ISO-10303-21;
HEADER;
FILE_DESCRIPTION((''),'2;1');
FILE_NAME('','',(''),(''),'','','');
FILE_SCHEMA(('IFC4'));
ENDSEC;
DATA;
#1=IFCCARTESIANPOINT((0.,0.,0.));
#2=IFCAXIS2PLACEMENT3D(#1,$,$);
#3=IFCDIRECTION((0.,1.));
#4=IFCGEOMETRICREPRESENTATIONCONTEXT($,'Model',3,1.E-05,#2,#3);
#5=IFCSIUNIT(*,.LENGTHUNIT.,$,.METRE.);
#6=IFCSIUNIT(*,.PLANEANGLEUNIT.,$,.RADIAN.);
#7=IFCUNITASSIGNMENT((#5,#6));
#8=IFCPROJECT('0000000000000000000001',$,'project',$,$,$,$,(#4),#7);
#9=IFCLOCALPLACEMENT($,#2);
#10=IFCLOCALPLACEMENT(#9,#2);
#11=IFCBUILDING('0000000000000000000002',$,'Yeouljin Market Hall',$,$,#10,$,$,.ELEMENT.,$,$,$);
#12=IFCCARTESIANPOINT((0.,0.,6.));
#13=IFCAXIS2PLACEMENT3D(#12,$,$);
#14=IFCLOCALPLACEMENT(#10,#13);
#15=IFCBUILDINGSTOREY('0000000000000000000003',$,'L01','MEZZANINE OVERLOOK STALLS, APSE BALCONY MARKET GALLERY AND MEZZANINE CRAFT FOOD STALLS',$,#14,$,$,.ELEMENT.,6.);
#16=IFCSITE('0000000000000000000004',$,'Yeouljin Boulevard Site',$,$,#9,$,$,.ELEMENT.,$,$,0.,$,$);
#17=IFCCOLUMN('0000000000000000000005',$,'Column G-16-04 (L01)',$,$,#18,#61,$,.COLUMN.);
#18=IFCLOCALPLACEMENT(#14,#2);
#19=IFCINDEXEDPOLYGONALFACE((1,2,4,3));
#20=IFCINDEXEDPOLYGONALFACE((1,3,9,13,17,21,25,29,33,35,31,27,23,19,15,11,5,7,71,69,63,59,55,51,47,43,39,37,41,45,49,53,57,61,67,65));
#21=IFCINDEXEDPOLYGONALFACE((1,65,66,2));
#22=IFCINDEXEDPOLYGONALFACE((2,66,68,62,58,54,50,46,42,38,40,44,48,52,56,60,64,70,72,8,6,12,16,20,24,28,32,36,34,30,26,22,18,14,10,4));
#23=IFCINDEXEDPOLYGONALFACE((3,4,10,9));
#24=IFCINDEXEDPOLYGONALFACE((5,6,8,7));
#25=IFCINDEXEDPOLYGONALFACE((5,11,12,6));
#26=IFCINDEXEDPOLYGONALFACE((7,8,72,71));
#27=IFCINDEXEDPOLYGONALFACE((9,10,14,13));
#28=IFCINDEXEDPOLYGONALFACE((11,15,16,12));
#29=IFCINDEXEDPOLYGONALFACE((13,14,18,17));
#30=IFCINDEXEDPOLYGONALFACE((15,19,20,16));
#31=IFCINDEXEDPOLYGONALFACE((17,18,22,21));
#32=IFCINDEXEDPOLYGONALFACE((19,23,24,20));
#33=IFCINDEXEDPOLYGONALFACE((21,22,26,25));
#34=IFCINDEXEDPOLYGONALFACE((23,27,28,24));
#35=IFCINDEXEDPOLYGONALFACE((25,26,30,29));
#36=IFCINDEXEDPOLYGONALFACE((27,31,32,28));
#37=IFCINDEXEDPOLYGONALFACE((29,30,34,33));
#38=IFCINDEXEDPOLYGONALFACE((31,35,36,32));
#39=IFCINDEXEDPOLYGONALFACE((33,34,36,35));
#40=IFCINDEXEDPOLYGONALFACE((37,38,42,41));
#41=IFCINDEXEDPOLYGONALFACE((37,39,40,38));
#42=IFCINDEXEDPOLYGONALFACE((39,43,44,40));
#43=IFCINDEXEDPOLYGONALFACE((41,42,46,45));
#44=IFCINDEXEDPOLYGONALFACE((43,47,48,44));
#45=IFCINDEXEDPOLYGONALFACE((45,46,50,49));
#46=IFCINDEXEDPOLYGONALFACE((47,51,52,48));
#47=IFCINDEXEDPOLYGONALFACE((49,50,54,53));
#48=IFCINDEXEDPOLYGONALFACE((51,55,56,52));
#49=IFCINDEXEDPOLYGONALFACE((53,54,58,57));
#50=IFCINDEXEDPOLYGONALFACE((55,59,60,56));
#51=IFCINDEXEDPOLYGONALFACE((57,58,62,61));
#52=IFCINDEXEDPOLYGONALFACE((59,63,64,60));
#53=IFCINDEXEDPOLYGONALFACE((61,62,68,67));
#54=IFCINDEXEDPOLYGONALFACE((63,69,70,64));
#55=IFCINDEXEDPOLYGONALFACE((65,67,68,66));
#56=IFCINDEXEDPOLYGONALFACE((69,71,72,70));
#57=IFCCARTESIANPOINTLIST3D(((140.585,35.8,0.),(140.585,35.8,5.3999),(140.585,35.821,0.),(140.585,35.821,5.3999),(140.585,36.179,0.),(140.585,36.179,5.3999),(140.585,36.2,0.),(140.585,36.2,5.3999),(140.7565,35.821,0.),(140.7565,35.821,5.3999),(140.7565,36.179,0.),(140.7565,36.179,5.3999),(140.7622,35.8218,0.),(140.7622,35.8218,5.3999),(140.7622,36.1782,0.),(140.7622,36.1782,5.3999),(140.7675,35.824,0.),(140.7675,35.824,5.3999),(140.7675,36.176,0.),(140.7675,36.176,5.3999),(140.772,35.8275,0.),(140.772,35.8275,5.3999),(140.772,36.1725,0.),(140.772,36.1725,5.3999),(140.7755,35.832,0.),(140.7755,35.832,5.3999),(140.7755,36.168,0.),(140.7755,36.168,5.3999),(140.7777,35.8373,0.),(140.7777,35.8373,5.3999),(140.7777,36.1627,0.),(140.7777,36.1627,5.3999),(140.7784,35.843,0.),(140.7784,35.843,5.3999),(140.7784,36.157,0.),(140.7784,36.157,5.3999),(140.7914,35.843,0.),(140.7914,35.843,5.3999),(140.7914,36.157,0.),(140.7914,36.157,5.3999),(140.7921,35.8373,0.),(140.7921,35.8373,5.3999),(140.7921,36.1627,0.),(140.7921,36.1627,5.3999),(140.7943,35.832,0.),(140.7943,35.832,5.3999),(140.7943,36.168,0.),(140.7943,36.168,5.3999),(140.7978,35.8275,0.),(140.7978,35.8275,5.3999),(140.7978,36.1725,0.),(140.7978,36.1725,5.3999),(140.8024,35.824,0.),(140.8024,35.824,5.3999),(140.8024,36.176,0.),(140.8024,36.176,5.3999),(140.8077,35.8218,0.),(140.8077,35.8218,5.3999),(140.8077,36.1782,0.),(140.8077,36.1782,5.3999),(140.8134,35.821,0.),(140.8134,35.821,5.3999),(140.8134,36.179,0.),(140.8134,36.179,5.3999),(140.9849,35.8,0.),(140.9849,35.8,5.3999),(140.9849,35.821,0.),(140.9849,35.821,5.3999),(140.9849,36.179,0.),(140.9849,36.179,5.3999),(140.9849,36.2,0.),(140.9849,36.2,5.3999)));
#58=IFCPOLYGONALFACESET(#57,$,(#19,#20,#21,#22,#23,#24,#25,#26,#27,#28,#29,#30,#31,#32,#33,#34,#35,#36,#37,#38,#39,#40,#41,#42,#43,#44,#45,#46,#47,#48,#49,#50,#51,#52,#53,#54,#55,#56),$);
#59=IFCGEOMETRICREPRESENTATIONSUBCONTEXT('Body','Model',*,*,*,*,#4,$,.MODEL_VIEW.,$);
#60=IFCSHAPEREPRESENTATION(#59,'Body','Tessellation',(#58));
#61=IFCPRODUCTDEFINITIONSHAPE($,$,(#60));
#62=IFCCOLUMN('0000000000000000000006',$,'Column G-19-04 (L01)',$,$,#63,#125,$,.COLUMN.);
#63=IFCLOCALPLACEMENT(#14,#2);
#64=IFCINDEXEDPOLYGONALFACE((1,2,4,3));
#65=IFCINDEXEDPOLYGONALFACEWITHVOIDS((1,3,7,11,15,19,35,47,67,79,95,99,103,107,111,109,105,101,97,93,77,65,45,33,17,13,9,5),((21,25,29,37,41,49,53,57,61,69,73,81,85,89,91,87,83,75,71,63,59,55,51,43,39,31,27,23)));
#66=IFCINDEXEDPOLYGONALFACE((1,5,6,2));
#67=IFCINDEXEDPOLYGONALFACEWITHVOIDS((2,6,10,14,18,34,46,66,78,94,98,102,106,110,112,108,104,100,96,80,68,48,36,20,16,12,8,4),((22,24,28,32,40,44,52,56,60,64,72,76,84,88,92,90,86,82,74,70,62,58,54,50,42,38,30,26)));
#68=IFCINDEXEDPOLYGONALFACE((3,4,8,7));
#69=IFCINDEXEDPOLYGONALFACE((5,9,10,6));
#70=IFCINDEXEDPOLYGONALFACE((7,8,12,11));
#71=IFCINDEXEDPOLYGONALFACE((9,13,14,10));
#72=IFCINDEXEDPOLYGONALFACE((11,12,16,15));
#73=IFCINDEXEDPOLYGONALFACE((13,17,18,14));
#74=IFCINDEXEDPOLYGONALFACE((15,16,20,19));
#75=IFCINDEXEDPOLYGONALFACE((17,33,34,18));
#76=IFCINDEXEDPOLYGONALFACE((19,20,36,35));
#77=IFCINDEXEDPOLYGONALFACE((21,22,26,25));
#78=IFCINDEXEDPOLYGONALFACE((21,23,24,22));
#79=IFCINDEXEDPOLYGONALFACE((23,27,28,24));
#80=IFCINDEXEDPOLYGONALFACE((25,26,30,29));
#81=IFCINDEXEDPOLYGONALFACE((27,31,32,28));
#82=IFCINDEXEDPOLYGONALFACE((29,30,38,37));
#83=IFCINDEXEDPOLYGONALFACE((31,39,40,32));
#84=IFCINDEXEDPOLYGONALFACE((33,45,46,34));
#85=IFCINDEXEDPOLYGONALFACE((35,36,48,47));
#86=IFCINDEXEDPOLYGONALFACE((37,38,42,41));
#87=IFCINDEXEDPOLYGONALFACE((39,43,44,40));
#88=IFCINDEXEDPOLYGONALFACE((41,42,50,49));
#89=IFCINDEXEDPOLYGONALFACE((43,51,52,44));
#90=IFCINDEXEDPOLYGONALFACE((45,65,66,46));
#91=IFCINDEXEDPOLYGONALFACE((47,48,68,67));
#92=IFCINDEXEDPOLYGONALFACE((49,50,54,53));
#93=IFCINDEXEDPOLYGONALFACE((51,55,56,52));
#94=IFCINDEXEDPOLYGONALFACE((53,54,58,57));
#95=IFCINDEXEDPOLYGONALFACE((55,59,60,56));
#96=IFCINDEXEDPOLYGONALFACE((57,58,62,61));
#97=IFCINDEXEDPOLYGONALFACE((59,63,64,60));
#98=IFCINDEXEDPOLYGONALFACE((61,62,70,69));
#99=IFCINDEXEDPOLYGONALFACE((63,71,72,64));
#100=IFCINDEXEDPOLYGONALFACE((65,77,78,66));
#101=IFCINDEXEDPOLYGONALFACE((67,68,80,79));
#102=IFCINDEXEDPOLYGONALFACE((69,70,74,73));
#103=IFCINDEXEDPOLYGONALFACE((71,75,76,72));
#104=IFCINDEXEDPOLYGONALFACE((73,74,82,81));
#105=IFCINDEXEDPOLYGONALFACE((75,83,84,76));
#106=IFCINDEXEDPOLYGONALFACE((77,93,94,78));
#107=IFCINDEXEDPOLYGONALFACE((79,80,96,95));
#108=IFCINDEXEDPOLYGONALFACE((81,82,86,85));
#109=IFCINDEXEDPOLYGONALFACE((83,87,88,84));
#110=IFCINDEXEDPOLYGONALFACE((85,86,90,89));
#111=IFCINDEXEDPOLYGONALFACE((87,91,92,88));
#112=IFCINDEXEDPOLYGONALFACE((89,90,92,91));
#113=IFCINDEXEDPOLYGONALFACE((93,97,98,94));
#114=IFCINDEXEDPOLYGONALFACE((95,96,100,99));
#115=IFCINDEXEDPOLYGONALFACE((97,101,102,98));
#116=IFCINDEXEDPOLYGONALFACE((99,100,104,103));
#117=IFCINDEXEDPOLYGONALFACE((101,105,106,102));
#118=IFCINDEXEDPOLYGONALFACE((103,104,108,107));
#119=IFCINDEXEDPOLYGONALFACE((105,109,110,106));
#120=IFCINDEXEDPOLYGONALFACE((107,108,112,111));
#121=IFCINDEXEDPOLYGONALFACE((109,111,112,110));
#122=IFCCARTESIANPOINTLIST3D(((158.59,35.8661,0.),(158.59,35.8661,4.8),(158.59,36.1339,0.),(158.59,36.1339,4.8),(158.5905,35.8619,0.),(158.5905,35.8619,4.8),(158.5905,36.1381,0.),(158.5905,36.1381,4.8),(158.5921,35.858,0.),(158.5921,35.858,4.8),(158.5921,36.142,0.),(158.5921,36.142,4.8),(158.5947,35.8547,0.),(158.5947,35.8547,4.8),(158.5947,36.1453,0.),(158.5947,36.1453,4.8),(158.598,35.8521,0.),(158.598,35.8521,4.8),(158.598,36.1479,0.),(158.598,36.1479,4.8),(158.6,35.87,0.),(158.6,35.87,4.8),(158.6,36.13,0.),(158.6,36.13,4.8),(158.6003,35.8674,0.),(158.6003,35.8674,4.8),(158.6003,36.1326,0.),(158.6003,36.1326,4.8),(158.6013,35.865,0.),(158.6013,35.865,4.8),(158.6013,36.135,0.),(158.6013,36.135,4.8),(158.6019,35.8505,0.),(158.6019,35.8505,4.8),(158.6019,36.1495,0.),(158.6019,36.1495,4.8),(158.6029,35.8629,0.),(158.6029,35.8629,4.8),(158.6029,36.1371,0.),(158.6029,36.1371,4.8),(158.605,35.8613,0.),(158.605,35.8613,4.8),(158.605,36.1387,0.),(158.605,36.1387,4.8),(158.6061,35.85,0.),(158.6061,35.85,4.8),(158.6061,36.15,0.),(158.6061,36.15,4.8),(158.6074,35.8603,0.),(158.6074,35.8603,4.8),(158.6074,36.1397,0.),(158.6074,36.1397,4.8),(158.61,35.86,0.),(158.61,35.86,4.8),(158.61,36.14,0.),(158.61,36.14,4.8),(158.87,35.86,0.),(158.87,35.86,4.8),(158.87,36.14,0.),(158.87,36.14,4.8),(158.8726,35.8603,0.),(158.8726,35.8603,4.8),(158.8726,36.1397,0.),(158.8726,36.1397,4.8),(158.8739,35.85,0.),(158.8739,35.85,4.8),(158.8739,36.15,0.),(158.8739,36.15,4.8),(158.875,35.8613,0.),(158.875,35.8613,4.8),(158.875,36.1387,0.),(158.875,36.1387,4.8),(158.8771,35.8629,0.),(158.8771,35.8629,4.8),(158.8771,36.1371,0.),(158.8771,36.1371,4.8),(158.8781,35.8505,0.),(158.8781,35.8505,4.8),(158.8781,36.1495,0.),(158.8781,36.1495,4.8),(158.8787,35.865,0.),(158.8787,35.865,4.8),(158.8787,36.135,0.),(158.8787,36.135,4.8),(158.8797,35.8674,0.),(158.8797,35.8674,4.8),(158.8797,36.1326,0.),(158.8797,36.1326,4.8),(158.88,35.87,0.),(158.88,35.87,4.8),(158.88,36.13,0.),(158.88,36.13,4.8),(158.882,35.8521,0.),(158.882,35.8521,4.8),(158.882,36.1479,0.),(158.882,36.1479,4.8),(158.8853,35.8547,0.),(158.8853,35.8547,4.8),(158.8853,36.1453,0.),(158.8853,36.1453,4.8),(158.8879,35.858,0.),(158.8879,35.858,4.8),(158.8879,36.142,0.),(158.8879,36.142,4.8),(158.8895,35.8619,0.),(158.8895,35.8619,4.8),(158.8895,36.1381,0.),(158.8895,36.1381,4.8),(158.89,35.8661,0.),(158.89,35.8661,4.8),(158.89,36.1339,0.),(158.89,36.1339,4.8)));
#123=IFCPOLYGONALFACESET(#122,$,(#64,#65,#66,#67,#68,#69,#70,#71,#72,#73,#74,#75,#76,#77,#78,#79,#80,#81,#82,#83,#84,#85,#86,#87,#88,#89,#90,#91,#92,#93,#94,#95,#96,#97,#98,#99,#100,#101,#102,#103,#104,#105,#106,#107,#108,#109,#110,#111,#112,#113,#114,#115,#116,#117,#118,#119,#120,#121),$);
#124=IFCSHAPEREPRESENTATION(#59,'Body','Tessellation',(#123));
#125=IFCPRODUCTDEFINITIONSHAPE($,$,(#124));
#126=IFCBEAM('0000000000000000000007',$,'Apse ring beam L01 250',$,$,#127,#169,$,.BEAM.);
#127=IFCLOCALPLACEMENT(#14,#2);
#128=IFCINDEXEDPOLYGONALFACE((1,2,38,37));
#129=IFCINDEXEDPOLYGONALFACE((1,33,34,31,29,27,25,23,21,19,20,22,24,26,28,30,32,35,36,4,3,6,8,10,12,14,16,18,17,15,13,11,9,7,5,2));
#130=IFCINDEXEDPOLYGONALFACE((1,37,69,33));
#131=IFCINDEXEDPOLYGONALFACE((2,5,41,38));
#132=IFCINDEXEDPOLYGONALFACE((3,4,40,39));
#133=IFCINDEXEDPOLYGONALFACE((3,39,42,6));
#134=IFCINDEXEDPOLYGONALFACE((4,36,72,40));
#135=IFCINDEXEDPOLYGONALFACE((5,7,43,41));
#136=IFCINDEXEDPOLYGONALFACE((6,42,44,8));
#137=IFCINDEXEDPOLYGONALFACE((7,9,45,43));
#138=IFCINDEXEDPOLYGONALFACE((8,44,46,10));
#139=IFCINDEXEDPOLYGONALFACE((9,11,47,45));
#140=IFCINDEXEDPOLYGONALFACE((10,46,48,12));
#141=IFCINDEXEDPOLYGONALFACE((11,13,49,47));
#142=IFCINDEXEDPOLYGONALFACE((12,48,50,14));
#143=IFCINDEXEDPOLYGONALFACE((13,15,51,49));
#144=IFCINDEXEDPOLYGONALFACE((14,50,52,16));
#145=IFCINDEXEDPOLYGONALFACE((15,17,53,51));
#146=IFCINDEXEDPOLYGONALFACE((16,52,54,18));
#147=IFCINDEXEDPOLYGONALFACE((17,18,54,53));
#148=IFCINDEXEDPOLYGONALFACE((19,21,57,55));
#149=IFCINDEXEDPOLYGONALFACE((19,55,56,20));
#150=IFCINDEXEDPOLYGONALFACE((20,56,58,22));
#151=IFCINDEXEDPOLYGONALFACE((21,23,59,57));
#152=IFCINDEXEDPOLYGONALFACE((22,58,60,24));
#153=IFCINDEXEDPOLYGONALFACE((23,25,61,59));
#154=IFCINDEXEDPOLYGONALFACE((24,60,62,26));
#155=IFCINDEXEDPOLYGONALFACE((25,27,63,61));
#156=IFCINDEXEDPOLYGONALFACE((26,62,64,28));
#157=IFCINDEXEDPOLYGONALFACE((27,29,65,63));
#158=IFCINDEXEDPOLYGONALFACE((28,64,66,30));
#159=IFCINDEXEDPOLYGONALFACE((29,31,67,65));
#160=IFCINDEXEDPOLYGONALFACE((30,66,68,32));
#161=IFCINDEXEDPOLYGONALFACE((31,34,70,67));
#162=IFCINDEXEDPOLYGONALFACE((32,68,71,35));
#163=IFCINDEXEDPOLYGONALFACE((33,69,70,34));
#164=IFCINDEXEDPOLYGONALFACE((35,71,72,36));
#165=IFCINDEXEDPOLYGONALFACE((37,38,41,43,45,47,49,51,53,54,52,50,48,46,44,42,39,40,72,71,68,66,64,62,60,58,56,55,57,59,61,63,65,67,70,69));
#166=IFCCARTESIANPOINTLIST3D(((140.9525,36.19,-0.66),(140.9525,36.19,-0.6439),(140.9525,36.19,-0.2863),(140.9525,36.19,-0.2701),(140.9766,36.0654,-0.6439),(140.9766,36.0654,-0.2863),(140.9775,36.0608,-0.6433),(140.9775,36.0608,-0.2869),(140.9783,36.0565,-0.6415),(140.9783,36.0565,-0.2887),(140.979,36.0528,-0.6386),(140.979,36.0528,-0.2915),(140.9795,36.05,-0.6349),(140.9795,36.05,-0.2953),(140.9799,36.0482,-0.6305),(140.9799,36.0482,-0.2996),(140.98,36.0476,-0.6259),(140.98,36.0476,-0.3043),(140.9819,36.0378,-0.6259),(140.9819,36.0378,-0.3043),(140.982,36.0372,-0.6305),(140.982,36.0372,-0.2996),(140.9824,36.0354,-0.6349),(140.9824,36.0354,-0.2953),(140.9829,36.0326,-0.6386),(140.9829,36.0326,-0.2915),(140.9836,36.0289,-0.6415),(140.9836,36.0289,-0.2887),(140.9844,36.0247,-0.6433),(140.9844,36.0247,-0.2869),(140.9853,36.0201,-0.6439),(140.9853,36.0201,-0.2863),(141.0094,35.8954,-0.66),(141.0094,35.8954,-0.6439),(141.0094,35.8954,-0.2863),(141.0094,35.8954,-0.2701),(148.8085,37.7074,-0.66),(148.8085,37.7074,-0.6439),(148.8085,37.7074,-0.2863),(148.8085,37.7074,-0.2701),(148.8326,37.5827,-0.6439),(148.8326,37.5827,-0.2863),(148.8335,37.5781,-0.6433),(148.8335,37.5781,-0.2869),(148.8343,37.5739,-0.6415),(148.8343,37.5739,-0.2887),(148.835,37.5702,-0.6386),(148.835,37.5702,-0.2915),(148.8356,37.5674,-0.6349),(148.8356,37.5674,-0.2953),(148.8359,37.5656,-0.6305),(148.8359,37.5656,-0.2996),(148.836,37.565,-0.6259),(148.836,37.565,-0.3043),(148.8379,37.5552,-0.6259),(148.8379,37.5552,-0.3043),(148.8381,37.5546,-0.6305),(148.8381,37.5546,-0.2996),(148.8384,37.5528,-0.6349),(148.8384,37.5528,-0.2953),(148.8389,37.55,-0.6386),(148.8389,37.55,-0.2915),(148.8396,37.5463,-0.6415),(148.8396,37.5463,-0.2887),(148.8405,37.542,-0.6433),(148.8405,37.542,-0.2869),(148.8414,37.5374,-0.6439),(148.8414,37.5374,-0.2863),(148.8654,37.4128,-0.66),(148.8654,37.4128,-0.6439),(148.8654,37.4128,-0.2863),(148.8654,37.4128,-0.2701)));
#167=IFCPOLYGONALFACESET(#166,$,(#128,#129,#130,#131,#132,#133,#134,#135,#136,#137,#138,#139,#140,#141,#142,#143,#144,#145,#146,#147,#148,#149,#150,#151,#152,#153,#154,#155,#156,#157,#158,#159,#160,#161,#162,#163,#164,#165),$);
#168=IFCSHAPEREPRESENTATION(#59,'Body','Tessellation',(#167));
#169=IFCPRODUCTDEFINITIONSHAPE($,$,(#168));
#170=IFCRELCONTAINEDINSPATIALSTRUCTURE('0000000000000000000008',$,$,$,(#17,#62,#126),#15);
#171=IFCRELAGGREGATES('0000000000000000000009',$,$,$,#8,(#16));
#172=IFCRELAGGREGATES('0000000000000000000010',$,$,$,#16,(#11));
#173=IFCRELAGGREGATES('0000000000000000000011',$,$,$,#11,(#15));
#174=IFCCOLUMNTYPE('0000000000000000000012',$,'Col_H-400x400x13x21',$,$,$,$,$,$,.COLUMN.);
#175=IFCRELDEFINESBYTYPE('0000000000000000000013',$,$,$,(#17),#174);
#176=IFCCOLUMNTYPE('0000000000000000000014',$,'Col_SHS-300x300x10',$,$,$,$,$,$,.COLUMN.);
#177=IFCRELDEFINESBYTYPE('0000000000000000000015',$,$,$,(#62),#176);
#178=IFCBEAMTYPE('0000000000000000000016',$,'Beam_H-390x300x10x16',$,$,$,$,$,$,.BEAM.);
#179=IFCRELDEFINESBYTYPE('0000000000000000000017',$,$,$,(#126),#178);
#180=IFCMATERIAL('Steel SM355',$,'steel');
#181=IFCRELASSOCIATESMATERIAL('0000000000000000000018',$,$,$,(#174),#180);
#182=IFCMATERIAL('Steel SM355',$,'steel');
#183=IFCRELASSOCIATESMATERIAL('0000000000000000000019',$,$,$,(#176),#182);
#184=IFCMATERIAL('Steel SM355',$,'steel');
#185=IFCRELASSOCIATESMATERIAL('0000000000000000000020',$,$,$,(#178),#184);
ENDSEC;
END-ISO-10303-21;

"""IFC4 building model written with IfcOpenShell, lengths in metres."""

from ifc_helpers import new_model, si_unit, direction, frame, origin, origin_2d, place, context, subcontext, project, spatial, hollow_rectangle, i_section, extrude, material, material_profile, profile_set, type_object, element, save


model = new_model("IFC4")

# Units and contexts
model_context = context("Model", 3, precision=1e-05, world=origin(), true_north=direction((0.0, 1.0)))
body_context = subcontext(model_context, "Body", "Model", "MODEL_VIEW")
ifc_project = project(units=[si_unit("LENGTHUNIT", "METRE"), si_unit("PLANEANGLEUNIT", "RADIAN")], contexts=[model_context])

# Site, building, storey
site_placement = place(None, origin())
site = spatial("IfcSite", under=ifc_project, at=site_placement, Name="Yeouljin Boulevard Site", CompositionType="ELEMENT", RefElevation=0.0)
building_placement = place(site_placement, origin())
building = spatial("IfcBuilding", under=site, at=building_placement, Name="Yeouljin Market Hall", CompositionType="ELEMENT")
storey_placement = place(building_placement, frame((0.0, 0.0, 6.0)))
storey = spatial("IfcBuildingStorey", under=building, at=storey_placement, Name="L01", Description="MEZZANINE OVERLOOK STALLS, APSE BALCONY MARKET GALLERY AND MEZZANINE CRAFT FOOD STALLS", CompositionType="ELEMENT", Elevation=6.0)

# Columns
ifc_material_1 = material(Name="Steel SM355", Category="steel")
ifc_material_profile_1 = material_profile(ifc_material_1, i_section(OverallWidth=0.3999, OverallDepth=0.3999, WebThickness=0.0129, FlangeThickness=0.021, FilletRadius=0.022, at=origin_2d()), Name="H-400x400x13x21")
ifc_profile_set_1 = profile_set([ifc_material_profile_1], Name="Steel SM355")
column_type_1 = type_object("IfcColumnType", Name="Col_H-400x400x13x21", PredefinedType="COLUMN", material=ifc_profile_set_1)
column_1_placement = place(storey_placement, frame((140.7849, 36.0, 0.0), z_axis=(0.0, 0.0, 1.0), x_axis=(1.0, 0.0, 0.0)))
element("IfcColumn", 1, at=column_1_placement, inside=storey, type_object=column_type_1, Name="Column G-16-04 (L01)", PredefinedType="COLUMN", context=body_context, shape_type="SweptSolid", body=[
    extrude(i_section(OverallWidth=0.3999, OverallDepth=0.3999, WebThickness=0.0129, FlangeThickness=0.021, FilletRadius=0.022, at=origin_2d()), origin(), (0.0, 0.0, 1.0), 5.3999),
])
ifc_material_2 = material(Name="Steel SM355", Category="steel")
ifc_material_profile_2 = material_profile(ifc_material_2, hollow_rectangle(XDim=0.3, YDim=0.3, WallThickness=0.01, InnerFilletRadius=0.01, OuterFilletRadius=0.0161, at=origin_2d()), Name="SHS-300x300x10")
ifc_profile_set_2 = profile_set([ifc_material_profile_2], Name="Steel SM355")
column_type_2 = type_object("IfcColumnType", Name="Col_SHS-300x300x10", PredefinedType="COLUMN", material=ifc_profile_set_2)
column_2_placement = place(storey_placement, frame((158.74, 36.0, 0.0), z_axis=(0.0, 0.0, 1.0), x_axis=(1.0, 0.0, 0.0)))
element("IfcColumn", 2, at=column_2_placement, inside=storey, type_object=column_type_2, Name="Column G-19-04 (L01)", PredefinedType="COLUMN", context=body_context, shape_type="SweptSolid", body=[
    extrude(hollow_rectangle(XDim=0.3, YDim=0.3, WallThickness=0.01, InnerFilletRadius=0.01, OuterFilletRadius=0.0161, at=origin_2d()), origin(), (0.0, 0.0, 1.0), 4.8),
])

# Beam
ifc_material_3 = material(Name="Steel SM355", Category="steel")
ifc_material_profile_3 = material_profile(ifc_material_3, i_section(OverallWidth=0.3, OverallDepth=0.3899, WebThickness=0.01, FlangeThickness=0.0161, FilletRadius=0.0181, at=origin_2d()), Name="H-390x300x10x16")
ifc_profile_set_3 = profile_set([ifc_material_profile_3], Name="Steel SM355")
beam_type_1 = type_object("IfcBeamType", Name="Beam_H-390x300x10x16", PredefinedType="BEAM", material=ifc_profile_set_3)
beam_1_placement = place(storey_placement, frame((140.981, 36.0427, -0.4651), z_axis=(0.981854, 0.18964, 0.0), x_axis=(-0.18964, 0.981854, 0.0)))
element("IfcBeam", 3, at=beam_1_placement, inside=storey, type_object=beam_type_1, Name="Apse ring beam L01 250", PredefinedType="BEAM", context=body_context, shape_type="SweptSolid", body=[
    extrude(i_section(OverallWidth=0.3, OverallDepth=0.3899, WebThickness=0.01, FlangeThickness=0.0161, FilletRadius=0.0181, at=origin_2d()), origin(), (0.0, 0.0, 1.0), 8.0012),
])

save(model, "model.ifc")
